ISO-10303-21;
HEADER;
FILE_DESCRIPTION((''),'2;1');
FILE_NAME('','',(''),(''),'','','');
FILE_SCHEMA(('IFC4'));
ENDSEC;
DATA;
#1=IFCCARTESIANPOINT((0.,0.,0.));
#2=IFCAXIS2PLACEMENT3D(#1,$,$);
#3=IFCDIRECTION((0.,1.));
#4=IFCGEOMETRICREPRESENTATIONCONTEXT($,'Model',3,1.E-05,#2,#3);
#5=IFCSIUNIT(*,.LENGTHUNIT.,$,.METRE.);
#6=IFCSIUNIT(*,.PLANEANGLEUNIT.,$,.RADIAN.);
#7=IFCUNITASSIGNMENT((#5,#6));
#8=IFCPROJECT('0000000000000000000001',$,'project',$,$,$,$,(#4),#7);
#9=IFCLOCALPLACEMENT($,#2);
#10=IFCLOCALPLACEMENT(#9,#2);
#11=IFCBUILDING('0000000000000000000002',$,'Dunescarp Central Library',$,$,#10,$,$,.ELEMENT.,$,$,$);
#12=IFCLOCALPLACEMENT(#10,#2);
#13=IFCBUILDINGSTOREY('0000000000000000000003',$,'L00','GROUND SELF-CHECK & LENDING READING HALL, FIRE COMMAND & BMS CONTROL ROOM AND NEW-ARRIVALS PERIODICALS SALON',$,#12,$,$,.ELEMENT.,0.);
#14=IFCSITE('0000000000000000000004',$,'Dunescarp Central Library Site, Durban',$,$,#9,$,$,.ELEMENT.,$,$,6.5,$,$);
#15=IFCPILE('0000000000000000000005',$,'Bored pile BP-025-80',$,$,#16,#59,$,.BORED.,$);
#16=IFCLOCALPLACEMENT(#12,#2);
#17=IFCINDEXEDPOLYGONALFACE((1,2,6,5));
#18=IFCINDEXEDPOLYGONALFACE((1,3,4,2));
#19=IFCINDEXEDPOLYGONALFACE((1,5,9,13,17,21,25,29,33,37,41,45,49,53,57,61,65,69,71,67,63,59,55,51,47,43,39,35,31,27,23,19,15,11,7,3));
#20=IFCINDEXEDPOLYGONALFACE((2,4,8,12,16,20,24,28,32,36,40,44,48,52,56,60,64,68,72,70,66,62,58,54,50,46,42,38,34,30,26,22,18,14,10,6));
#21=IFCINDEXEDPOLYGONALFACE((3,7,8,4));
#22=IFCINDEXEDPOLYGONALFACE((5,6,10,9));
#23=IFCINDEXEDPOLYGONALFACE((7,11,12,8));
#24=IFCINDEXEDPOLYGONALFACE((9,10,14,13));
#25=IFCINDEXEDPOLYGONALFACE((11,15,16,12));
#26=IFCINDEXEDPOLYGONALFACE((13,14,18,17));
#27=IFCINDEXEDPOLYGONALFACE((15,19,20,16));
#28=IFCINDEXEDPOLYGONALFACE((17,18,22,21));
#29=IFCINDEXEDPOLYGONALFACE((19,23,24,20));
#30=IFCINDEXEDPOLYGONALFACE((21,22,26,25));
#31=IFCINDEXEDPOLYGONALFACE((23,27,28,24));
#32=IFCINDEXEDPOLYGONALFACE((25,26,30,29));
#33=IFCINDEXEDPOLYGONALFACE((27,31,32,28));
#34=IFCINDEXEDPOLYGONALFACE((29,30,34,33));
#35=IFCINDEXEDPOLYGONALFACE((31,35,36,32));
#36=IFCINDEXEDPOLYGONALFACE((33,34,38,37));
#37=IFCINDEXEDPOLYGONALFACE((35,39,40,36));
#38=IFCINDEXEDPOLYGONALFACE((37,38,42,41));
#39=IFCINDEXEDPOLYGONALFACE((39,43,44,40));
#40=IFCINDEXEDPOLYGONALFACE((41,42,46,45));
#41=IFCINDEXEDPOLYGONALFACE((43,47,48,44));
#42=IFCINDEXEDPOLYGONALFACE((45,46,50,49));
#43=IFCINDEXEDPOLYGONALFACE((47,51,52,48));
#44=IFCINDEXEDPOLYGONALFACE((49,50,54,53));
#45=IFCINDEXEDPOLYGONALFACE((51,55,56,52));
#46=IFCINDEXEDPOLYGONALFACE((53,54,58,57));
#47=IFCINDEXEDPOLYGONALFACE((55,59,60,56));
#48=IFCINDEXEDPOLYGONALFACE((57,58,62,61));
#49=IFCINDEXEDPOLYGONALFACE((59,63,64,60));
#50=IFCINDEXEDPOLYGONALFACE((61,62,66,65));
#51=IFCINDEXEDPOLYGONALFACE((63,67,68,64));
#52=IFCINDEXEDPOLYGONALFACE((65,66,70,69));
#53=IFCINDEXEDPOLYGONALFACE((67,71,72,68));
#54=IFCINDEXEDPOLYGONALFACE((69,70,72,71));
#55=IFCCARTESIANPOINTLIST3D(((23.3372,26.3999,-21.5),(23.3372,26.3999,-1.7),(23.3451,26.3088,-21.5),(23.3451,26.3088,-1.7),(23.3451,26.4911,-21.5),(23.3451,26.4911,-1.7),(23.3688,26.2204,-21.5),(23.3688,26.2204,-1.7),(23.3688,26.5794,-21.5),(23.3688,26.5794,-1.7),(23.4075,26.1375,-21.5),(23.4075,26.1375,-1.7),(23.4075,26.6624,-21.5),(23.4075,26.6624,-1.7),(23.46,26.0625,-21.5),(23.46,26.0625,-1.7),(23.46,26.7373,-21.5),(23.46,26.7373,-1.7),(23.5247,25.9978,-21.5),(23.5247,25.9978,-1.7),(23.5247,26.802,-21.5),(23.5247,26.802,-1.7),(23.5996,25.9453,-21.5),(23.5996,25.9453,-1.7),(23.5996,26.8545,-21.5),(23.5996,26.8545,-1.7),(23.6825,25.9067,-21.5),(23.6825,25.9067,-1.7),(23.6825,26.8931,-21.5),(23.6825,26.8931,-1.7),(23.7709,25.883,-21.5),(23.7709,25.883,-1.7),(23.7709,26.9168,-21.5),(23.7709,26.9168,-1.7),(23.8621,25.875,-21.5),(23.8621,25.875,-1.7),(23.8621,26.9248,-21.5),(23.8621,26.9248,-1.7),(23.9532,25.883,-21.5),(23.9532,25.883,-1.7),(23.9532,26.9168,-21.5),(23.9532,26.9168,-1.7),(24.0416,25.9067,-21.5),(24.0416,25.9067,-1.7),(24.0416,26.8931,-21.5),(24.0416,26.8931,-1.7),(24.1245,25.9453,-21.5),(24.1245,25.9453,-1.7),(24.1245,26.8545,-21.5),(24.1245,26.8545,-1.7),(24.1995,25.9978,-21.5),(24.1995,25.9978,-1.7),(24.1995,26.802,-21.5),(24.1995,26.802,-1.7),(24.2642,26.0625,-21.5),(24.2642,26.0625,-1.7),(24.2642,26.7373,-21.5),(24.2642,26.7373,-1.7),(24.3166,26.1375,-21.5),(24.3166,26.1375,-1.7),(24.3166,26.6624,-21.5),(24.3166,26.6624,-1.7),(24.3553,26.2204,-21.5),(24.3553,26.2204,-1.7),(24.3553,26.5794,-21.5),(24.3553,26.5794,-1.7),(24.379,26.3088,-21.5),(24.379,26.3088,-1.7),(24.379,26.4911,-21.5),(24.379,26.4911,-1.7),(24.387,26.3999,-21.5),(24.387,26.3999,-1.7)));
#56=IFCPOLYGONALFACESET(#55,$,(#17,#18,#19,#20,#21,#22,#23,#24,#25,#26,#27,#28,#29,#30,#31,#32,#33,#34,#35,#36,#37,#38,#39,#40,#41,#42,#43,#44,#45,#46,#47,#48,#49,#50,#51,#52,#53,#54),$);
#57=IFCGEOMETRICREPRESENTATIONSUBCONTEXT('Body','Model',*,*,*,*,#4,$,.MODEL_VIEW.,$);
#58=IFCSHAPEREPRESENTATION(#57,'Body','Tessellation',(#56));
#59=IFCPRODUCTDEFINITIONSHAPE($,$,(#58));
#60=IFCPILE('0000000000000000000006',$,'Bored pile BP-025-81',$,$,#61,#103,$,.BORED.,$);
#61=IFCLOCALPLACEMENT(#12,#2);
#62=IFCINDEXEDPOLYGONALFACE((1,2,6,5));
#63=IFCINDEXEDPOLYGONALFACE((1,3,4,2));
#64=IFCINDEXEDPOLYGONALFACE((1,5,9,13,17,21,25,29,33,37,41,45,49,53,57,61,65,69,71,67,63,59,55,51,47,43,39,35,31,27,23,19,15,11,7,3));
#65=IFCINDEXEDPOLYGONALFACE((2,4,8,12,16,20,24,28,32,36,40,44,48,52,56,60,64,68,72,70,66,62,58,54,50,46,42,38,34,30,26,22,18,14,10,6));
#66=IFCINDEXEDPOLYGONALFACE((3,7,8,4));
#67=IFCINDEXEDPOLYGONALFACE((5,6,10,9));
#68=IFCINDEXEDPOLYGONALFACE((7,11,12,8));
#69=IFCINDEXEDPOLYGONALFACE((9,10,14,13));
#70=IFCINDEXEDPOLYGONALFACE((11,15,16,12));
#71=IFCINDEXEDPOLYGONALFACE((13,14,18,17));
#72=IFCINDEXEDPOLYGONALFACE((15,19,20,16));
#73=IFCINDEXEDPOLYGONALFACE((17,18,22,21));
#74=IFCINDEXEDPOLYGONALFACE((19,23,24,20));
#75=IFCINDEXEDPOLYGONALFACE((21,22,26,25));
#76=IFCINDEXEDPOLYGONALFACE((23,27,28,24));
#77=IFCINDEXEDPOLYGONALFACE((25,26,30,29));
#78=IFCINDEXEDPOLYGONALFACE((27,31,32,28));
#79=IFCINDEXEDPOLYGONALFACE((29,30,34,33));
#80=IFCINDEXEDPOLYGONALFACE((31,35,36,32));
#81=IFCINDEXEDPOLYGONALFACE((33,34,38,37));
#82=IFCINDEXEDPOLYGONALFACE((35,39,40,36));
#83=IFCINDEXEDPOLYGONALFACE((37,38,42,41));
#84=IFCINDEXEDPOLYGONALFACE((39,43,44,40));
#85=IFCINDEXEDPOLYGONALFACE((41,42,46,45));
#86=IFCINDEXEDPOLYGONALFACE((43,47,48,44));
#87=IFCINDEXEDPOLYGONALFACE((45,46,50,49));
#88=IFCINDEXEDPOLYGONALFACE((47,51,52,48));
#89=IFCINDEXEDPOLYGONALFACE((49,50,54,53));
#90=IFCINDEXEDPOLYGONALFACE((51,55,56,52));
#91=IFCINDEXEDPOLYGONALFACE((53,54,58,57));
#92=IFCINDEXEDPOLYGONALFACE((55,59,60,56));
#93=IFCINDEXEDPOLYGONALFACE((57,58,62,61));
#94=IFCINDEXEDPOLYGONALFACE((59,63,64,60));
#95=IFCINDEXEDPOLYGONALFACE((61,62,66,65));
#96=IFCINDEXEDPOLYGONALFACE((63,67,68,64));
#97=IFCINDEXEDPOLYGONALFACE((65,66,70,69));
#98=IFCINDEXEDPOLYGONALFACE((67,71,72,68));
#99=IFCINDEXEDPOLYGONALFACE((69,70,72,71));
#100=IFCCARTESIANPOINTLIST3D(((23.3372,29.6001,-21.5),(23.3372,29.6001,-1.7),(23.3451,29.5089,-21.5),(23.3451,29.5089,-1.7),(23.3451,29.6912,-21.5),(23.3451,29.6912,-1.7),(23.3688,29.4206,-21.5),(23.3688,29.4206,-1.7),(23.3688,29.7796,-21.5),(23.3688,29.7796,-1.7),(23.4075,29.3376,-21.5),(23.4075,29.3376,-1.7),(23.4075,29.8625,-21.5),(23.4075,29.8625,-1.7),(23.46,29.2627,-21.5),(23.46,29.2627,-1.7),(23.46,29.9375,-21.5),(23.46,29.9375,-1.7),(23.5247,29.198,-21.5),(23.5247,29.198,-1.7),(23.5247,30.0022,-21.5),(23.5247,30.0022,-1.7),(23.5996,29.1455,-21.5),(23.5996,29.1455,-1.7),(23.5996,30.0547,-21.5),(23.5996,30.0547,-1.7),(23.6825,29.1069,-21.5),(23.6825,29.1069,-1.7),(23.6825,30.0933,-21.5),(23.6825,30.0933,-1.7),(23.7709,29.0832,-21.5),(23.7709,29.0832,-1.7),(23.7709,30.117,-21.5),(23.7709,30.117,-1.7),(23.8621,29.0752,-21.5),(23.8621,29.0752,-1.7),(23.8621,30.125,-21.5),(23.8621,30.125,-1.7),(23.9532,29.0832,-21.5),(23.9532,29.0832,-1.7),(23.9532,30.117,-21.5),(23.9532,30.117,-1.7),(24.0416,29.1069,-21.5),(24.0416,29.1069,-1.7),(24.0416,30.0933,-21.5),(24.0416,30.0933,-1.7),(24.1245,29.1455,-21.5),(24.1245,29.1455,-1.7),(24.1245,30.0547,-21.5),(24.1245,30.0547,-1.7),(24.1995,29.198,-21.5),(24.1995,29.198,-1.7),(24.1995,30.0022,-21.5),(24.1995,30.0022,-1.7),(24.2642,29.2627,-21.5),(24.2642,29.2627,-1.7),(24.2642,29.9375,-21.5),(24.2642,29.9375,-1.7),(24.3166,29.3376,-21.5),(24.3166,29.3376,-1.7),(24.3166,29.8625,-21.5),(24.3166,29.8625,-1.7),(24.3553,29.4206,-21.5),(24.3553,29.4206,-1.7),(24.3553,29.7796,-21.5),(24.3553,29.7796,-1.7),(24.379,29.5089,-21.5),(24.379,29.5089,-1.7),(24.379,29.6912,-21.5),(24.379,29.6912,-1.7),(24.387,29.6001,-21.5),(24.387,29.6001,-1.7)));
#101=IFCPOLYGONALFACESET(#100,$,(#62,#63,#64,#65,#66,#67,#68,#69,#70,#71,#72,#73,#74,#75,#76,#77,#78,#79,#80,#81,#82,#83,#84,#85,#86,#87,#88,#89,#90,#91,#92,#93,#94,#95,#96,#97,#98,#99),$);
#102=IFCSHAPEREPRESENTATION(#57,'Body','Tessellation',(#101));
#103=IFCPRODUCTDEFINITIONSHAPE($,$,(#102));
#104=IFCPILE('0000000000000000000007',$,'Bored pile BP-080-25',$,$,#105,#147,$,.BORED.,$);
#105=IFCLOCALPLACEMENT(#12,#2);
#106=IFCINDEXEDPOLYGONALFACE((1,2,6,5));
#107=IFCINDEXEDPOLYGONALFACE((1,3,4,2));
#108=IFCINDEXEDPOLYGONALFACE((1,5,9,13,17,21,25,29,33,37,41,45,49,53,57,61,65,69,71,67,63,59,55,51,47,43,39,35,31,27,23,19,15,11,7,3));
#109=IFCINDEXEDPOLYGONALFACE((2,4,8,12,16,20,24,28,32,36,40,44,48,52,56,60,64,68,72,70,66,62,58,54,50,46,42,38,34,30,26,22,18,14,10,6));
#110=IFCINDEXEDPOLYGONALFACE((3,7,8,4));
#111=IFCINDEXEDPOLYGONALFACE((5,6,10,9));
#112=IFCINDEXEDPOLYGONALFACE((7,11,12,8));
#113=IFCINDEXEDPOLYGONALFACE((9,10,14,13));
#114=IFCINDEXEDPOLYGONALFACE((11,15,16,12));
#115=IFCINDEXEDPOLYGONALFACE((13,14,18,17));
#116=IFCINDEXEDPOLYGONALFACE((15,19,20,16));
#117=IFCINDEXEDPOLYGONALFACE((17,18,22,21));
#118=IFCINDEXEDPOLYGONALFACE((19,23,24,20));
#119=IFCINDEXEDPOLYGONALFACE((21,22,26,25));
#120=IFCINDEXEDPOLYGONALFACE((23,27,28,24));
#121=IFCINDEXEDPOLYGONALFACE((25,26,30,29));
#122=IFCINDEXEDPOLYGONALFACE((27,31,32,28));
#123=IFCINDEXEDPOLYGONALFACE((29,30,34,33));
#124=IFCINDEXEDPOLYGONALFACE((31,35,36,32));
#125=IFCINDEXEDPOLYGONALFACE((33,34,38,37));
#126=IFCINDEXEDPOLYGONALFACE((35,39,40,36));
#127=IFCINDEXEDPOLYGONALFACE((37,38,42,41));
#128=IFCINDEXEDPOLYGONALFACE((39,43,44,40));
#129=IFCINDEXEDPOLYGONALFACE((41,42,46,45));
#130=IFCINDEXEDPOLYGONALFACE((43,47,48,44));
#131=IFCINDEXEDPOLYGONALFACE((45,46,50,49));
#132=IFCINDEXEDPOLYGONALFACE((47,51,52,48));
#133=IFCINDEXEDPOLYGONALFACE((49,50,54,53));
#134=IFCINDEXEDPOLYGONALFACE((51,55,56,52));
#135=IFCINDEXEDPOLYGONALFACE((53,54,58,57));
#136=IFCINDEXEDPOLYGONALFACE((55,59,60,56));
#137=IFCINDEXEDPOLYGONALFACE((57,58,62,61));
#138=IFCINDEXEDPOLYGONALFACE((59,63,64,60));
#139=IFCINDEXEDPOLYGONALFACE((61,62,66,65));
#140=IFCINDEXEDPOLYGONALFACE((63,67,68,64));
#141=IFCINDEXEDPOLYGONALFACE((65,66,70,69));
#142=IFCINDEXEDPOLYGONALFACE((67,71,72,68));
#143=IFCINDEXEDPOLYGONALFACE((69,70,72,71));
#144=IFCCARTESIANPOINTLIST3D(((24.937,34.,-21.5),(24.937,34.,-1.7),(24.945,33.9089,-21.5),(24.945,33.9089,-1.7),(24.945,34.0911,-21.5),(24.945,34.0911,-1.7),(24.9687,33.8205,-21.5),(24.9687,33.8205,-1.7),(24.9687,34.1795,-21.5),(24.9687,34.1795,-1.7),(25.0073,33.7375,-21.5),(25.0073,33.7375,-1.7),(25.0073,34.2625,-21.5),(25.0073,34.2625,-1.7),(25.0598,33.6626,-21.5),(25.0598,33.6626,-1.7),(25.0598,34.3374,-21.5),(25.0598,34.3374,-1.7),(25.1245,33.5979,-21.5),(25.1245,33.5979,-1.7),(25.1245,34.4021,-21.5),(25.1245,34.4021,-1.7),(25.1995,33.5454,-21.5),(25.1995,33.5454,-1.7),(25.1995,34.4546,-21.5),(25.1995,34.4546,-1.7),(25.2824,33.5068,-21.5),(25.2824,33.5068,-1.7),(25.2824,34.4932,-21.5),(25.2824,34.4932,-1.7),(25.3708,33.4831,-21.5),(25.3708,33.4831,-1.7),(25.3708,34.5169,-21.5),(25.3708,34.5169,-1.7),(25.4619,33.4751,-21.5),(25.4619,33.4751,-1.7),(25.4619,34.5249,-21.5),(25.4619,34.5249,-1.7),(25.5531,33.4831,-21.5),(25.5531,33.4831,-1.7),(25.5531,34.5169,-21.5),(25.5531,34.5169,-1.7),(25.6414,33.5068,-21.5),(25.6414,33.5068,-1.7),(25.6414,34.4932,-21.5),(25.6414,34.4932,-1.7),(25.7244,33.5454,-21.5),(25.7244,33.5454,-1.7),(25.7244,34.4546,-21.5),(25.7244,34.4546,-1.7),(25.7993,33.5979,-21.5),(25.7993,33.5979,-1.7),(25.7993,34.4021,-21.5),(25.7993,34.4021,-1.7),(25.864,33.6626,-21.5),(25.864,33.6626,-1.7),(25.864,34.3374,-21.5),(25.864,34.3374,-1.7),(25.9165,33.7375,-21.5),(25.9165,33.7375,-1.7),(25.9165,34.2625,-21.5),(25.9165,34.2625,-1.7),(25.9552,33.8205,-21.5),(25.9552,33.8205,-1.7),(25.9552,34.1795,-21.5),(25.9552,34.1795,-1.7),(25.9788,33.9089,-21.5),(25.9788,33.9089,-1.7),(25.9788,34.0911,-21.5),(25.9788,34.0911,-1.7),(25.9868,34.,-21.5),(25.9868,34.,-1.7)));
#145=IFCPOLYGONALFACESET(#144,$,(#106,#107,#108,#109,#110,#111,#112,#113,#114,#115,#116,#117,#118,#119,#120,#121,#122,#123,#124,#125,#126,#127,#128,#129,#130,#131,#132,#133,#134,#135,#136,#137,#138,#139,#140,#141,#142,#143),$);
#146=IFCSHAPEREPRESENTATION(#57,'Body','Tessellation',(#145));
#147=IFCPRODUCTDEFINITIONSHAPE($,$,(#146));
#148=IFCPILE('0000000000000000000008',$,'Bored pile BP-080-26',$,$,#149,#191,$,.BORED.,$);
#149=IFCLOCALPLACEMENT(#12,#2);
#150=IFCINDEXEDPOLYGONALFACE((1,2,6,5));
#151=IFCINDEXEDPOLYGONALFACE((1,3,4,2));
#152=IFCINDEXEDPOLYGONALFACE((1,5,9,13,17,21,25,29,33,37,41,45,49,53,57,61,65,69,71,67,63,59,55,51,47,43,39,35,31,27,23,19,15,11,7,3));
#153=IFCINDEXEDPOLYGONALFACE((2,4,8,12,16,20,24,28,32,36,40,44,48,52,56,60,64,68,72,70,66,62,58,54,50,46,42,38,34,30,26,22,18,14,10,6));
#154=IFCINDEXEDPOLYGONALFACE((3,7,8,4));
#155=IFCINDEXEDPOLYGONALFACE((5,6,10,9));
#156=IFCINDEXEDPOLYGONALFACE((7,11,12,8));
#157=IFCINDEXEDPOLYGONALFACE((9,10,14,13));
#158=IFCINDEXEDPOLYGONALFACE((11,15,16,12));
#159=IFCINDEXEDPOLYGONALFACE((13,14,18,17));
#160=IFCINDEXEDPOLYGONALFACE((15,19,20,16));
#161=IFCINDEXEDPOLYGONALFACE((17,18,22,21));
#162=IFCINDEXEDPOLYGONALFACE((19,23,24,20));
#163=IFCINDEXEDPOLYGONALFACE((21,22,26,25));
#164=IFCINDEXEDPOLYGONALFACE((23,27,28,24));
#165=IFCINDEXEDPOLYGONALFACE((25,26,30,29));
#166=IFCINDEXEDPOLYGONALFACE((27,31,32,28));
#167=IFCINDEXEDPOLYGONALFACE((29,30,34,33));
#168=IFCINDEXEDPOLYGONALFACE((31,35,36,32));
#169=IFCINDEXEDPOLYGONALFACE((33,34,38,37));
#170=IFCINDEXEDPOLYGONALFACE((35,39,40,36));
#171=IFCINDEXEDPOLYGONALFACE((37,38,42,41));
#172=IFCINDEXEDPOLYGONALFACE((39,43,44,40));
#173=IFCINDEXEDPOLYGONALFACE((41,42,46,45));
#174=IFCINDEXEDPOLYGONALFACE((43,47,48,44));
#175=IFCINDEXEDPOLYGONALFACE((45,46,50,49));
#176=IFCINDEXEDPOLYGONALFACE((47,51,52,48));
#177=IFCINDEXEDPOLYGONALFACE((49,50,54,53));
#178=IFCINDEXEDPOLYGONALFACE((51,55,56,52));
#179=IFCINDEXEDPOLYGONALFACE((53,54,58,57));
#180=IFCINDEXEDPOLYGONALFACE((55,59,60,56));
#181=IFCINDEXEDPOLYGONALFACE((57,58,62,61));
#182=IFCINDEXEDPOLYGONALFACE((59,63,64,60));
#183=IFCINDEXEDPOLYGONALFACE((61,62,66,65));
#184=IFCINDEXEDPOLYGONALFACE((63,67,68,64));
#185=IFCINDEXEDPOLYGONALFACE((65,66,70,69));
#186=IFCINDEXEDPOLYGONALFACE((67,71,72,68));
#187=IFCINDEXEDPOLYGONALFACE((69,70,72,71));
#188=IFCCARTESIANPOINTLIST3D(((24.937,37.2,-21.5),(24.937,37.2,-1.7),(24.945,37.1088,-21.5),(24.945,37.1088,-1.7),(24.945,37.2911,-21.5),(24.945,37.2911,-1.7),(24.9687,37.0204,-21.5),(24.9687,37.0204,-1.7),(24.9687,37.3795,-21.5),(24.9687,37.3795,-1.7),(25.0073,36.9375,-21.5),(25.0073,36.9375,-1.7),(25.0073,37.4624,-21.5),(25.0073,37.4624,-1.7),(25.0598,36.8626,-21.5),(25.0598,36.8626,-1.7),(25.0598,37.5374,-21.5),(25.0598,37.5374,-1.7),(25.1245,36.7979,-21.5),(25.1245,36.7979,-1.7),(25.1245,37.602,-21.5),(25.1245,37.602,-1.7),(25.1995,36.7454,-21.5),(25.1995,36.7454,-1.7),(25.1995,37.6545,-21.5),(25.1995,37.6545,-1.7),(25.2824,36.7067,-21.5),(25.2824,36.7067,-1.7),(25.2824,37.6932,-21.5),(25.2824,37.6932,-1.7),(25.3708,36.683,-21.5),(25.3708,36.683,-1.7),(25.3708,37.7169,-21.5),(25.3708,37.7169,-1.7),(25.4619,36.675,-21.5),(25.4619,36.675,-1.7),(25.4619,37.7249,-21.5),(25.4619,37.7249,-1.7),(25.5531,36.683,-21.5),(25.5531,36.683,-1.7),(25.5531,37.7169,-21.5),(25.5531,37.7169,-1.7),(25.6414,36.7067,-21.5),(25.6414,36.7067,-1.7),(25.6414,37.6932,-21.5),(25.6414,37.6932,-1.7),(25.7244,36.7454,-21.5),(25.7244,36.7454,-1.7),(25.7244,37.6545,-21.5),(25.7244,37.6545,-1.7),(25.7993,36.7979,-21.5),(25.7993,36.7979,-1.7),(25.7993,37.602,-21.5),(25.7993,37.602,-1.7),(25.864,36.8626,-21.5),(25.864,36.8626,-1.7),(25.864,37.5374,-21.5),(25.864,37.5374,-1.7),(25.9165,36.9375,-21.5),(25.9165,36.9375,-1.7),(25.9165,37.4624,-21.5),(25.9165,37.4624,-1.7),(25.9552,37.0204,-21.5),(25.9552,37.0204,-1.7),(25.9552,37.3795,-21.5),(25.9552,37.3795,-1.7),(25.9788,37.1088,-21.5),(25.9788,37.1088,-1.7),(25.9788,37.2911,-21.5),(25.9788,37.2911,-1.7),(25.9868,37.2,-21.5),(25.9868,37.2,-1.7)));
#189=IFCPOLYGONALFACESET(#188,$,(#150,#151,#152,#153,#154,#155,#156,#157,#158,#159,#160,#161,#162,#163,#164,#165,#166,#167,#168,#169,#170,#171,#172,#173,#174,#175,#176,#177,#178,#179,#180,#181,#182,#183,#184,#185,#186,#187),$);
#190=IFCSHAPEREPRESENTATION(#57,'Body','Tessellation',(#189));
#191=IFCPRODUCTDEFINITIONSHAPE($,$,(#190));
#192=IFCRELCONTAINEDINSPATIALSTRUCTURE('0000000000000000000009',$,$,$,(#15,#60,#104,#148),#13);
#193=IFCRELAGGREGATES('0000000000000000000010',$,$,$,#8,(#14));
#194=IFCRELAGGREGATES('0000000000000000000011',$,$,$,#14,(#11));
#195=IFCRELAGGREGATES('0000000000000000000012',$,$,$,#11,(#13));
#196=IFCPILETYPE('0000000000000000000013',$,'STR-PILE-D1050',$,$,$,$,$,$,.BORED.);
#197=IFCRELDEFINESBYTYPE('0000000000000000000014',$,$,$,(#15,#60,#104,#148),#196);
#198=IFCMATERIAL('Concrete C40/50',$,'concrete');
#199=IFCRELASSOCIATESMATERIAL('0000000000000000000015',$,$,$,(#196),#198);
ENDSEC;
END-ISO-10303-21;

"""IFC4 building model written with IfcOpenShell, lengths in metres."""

from ifc_helpers import new_model, si_unit, direction, frame, origin, origin_2d, place, context, subcontext, project, spatial, circle, extrude, material, material_profile, profile_set, type_object, element, save


model = new_model("IFC4")

# Units and contexts
model_context = context("Model", 3, precision=1e-05, world=origin(), true_north=direction((0.0, 1.0)))
body_context = subcontext(model_context, "Body", "Model", "MODEL_VIEW")
ifc_project = project(units=[si_unit("LENGTHUNIT", "METRE"), si_unit("PLANEANGLEUNIT", "RADIAN")], contexts=[model_context])

# Site, building, storey
site_placement = place(None, origin())
site = spatial("IfcSite", under=ifc_project, at=site_placement, Name="Dunescarp Central Library Site, Durban", CompositionType="ELEMENT", RefElevation=6.5)
building_placement = place(site_placement, origin())
building = spatial("IfcBuilding", under=site, at=building_placement, Name="Dunescarp Central Library", CompositionType="ELEMENT")
storey_placement = place(building_placement, origin())
storey = spatial("IfcBuildingStorey", under=building, at=storey_placement, Name="L00", Description="GROUND SELF-CHECK & LENDING READING HALL, FIRE COMMAND & BMS CONTROL ROOM AND NEW-ARRIVALS PERIODICALS SALON", CompositionType="ELEMENT", Elevation=0.0)

# Piles
ifc_material_1 = material(Name="Concrete C40/50", Category="concrete")
ifc_material_profile_1 = material_profile(ifc_material_1, circle(Radius=0.5249, at=origin_2d()), Name="PILE D1050")
ifc_profile_set_1 = profile_set([ifc_material_profile_1], Name="Concrete C40/50")
pile_type = type_object("IfcPileType", Name="STR-PILE-D1050", PredefinedType="BORED", material=ifc_profile_set_1)
for number, where, z_axis, x_axis, name in (
    (1, (23.8621, 26.3999, -1.7), (0.0, 0.0, -1.0), (1.0, 0.0, 0.0), "Bored pile BP-025-80"),
    (2, (23.8621, 29.6001, -1.7), (0.0, 0.0, -1.0), (1.0, 0.0, 0.0), "Bored pile BP-025-81"),
    (3, (25.4619, 34.0, -1.7), (0.0, 0.0, -1.0), (1.0, 0.0, 0.0), "Bored pile BP-080-25"),
    (4, (25.4619, 37.2, -1.7), (0.0, 0.0, -1.0), (1.0, 0.0, 0.0), "Bored pile BP-080-26"),
):
    element("IfcPile", number, at=place(storey_placement, frame(where, z_axis=z_axis, x_axis=x_axis)), inside=storey, type_object=pile_type, Name=name, PredefinedType="BORED", context=body_context, shape_type="SweptSolid", body=[
        extrude(circle(Radius=0.5249, at=origin_2d()), origin(), (0.0, 0.0, 1.0), 19.8),
    ])

save(model, "model.ifc")
